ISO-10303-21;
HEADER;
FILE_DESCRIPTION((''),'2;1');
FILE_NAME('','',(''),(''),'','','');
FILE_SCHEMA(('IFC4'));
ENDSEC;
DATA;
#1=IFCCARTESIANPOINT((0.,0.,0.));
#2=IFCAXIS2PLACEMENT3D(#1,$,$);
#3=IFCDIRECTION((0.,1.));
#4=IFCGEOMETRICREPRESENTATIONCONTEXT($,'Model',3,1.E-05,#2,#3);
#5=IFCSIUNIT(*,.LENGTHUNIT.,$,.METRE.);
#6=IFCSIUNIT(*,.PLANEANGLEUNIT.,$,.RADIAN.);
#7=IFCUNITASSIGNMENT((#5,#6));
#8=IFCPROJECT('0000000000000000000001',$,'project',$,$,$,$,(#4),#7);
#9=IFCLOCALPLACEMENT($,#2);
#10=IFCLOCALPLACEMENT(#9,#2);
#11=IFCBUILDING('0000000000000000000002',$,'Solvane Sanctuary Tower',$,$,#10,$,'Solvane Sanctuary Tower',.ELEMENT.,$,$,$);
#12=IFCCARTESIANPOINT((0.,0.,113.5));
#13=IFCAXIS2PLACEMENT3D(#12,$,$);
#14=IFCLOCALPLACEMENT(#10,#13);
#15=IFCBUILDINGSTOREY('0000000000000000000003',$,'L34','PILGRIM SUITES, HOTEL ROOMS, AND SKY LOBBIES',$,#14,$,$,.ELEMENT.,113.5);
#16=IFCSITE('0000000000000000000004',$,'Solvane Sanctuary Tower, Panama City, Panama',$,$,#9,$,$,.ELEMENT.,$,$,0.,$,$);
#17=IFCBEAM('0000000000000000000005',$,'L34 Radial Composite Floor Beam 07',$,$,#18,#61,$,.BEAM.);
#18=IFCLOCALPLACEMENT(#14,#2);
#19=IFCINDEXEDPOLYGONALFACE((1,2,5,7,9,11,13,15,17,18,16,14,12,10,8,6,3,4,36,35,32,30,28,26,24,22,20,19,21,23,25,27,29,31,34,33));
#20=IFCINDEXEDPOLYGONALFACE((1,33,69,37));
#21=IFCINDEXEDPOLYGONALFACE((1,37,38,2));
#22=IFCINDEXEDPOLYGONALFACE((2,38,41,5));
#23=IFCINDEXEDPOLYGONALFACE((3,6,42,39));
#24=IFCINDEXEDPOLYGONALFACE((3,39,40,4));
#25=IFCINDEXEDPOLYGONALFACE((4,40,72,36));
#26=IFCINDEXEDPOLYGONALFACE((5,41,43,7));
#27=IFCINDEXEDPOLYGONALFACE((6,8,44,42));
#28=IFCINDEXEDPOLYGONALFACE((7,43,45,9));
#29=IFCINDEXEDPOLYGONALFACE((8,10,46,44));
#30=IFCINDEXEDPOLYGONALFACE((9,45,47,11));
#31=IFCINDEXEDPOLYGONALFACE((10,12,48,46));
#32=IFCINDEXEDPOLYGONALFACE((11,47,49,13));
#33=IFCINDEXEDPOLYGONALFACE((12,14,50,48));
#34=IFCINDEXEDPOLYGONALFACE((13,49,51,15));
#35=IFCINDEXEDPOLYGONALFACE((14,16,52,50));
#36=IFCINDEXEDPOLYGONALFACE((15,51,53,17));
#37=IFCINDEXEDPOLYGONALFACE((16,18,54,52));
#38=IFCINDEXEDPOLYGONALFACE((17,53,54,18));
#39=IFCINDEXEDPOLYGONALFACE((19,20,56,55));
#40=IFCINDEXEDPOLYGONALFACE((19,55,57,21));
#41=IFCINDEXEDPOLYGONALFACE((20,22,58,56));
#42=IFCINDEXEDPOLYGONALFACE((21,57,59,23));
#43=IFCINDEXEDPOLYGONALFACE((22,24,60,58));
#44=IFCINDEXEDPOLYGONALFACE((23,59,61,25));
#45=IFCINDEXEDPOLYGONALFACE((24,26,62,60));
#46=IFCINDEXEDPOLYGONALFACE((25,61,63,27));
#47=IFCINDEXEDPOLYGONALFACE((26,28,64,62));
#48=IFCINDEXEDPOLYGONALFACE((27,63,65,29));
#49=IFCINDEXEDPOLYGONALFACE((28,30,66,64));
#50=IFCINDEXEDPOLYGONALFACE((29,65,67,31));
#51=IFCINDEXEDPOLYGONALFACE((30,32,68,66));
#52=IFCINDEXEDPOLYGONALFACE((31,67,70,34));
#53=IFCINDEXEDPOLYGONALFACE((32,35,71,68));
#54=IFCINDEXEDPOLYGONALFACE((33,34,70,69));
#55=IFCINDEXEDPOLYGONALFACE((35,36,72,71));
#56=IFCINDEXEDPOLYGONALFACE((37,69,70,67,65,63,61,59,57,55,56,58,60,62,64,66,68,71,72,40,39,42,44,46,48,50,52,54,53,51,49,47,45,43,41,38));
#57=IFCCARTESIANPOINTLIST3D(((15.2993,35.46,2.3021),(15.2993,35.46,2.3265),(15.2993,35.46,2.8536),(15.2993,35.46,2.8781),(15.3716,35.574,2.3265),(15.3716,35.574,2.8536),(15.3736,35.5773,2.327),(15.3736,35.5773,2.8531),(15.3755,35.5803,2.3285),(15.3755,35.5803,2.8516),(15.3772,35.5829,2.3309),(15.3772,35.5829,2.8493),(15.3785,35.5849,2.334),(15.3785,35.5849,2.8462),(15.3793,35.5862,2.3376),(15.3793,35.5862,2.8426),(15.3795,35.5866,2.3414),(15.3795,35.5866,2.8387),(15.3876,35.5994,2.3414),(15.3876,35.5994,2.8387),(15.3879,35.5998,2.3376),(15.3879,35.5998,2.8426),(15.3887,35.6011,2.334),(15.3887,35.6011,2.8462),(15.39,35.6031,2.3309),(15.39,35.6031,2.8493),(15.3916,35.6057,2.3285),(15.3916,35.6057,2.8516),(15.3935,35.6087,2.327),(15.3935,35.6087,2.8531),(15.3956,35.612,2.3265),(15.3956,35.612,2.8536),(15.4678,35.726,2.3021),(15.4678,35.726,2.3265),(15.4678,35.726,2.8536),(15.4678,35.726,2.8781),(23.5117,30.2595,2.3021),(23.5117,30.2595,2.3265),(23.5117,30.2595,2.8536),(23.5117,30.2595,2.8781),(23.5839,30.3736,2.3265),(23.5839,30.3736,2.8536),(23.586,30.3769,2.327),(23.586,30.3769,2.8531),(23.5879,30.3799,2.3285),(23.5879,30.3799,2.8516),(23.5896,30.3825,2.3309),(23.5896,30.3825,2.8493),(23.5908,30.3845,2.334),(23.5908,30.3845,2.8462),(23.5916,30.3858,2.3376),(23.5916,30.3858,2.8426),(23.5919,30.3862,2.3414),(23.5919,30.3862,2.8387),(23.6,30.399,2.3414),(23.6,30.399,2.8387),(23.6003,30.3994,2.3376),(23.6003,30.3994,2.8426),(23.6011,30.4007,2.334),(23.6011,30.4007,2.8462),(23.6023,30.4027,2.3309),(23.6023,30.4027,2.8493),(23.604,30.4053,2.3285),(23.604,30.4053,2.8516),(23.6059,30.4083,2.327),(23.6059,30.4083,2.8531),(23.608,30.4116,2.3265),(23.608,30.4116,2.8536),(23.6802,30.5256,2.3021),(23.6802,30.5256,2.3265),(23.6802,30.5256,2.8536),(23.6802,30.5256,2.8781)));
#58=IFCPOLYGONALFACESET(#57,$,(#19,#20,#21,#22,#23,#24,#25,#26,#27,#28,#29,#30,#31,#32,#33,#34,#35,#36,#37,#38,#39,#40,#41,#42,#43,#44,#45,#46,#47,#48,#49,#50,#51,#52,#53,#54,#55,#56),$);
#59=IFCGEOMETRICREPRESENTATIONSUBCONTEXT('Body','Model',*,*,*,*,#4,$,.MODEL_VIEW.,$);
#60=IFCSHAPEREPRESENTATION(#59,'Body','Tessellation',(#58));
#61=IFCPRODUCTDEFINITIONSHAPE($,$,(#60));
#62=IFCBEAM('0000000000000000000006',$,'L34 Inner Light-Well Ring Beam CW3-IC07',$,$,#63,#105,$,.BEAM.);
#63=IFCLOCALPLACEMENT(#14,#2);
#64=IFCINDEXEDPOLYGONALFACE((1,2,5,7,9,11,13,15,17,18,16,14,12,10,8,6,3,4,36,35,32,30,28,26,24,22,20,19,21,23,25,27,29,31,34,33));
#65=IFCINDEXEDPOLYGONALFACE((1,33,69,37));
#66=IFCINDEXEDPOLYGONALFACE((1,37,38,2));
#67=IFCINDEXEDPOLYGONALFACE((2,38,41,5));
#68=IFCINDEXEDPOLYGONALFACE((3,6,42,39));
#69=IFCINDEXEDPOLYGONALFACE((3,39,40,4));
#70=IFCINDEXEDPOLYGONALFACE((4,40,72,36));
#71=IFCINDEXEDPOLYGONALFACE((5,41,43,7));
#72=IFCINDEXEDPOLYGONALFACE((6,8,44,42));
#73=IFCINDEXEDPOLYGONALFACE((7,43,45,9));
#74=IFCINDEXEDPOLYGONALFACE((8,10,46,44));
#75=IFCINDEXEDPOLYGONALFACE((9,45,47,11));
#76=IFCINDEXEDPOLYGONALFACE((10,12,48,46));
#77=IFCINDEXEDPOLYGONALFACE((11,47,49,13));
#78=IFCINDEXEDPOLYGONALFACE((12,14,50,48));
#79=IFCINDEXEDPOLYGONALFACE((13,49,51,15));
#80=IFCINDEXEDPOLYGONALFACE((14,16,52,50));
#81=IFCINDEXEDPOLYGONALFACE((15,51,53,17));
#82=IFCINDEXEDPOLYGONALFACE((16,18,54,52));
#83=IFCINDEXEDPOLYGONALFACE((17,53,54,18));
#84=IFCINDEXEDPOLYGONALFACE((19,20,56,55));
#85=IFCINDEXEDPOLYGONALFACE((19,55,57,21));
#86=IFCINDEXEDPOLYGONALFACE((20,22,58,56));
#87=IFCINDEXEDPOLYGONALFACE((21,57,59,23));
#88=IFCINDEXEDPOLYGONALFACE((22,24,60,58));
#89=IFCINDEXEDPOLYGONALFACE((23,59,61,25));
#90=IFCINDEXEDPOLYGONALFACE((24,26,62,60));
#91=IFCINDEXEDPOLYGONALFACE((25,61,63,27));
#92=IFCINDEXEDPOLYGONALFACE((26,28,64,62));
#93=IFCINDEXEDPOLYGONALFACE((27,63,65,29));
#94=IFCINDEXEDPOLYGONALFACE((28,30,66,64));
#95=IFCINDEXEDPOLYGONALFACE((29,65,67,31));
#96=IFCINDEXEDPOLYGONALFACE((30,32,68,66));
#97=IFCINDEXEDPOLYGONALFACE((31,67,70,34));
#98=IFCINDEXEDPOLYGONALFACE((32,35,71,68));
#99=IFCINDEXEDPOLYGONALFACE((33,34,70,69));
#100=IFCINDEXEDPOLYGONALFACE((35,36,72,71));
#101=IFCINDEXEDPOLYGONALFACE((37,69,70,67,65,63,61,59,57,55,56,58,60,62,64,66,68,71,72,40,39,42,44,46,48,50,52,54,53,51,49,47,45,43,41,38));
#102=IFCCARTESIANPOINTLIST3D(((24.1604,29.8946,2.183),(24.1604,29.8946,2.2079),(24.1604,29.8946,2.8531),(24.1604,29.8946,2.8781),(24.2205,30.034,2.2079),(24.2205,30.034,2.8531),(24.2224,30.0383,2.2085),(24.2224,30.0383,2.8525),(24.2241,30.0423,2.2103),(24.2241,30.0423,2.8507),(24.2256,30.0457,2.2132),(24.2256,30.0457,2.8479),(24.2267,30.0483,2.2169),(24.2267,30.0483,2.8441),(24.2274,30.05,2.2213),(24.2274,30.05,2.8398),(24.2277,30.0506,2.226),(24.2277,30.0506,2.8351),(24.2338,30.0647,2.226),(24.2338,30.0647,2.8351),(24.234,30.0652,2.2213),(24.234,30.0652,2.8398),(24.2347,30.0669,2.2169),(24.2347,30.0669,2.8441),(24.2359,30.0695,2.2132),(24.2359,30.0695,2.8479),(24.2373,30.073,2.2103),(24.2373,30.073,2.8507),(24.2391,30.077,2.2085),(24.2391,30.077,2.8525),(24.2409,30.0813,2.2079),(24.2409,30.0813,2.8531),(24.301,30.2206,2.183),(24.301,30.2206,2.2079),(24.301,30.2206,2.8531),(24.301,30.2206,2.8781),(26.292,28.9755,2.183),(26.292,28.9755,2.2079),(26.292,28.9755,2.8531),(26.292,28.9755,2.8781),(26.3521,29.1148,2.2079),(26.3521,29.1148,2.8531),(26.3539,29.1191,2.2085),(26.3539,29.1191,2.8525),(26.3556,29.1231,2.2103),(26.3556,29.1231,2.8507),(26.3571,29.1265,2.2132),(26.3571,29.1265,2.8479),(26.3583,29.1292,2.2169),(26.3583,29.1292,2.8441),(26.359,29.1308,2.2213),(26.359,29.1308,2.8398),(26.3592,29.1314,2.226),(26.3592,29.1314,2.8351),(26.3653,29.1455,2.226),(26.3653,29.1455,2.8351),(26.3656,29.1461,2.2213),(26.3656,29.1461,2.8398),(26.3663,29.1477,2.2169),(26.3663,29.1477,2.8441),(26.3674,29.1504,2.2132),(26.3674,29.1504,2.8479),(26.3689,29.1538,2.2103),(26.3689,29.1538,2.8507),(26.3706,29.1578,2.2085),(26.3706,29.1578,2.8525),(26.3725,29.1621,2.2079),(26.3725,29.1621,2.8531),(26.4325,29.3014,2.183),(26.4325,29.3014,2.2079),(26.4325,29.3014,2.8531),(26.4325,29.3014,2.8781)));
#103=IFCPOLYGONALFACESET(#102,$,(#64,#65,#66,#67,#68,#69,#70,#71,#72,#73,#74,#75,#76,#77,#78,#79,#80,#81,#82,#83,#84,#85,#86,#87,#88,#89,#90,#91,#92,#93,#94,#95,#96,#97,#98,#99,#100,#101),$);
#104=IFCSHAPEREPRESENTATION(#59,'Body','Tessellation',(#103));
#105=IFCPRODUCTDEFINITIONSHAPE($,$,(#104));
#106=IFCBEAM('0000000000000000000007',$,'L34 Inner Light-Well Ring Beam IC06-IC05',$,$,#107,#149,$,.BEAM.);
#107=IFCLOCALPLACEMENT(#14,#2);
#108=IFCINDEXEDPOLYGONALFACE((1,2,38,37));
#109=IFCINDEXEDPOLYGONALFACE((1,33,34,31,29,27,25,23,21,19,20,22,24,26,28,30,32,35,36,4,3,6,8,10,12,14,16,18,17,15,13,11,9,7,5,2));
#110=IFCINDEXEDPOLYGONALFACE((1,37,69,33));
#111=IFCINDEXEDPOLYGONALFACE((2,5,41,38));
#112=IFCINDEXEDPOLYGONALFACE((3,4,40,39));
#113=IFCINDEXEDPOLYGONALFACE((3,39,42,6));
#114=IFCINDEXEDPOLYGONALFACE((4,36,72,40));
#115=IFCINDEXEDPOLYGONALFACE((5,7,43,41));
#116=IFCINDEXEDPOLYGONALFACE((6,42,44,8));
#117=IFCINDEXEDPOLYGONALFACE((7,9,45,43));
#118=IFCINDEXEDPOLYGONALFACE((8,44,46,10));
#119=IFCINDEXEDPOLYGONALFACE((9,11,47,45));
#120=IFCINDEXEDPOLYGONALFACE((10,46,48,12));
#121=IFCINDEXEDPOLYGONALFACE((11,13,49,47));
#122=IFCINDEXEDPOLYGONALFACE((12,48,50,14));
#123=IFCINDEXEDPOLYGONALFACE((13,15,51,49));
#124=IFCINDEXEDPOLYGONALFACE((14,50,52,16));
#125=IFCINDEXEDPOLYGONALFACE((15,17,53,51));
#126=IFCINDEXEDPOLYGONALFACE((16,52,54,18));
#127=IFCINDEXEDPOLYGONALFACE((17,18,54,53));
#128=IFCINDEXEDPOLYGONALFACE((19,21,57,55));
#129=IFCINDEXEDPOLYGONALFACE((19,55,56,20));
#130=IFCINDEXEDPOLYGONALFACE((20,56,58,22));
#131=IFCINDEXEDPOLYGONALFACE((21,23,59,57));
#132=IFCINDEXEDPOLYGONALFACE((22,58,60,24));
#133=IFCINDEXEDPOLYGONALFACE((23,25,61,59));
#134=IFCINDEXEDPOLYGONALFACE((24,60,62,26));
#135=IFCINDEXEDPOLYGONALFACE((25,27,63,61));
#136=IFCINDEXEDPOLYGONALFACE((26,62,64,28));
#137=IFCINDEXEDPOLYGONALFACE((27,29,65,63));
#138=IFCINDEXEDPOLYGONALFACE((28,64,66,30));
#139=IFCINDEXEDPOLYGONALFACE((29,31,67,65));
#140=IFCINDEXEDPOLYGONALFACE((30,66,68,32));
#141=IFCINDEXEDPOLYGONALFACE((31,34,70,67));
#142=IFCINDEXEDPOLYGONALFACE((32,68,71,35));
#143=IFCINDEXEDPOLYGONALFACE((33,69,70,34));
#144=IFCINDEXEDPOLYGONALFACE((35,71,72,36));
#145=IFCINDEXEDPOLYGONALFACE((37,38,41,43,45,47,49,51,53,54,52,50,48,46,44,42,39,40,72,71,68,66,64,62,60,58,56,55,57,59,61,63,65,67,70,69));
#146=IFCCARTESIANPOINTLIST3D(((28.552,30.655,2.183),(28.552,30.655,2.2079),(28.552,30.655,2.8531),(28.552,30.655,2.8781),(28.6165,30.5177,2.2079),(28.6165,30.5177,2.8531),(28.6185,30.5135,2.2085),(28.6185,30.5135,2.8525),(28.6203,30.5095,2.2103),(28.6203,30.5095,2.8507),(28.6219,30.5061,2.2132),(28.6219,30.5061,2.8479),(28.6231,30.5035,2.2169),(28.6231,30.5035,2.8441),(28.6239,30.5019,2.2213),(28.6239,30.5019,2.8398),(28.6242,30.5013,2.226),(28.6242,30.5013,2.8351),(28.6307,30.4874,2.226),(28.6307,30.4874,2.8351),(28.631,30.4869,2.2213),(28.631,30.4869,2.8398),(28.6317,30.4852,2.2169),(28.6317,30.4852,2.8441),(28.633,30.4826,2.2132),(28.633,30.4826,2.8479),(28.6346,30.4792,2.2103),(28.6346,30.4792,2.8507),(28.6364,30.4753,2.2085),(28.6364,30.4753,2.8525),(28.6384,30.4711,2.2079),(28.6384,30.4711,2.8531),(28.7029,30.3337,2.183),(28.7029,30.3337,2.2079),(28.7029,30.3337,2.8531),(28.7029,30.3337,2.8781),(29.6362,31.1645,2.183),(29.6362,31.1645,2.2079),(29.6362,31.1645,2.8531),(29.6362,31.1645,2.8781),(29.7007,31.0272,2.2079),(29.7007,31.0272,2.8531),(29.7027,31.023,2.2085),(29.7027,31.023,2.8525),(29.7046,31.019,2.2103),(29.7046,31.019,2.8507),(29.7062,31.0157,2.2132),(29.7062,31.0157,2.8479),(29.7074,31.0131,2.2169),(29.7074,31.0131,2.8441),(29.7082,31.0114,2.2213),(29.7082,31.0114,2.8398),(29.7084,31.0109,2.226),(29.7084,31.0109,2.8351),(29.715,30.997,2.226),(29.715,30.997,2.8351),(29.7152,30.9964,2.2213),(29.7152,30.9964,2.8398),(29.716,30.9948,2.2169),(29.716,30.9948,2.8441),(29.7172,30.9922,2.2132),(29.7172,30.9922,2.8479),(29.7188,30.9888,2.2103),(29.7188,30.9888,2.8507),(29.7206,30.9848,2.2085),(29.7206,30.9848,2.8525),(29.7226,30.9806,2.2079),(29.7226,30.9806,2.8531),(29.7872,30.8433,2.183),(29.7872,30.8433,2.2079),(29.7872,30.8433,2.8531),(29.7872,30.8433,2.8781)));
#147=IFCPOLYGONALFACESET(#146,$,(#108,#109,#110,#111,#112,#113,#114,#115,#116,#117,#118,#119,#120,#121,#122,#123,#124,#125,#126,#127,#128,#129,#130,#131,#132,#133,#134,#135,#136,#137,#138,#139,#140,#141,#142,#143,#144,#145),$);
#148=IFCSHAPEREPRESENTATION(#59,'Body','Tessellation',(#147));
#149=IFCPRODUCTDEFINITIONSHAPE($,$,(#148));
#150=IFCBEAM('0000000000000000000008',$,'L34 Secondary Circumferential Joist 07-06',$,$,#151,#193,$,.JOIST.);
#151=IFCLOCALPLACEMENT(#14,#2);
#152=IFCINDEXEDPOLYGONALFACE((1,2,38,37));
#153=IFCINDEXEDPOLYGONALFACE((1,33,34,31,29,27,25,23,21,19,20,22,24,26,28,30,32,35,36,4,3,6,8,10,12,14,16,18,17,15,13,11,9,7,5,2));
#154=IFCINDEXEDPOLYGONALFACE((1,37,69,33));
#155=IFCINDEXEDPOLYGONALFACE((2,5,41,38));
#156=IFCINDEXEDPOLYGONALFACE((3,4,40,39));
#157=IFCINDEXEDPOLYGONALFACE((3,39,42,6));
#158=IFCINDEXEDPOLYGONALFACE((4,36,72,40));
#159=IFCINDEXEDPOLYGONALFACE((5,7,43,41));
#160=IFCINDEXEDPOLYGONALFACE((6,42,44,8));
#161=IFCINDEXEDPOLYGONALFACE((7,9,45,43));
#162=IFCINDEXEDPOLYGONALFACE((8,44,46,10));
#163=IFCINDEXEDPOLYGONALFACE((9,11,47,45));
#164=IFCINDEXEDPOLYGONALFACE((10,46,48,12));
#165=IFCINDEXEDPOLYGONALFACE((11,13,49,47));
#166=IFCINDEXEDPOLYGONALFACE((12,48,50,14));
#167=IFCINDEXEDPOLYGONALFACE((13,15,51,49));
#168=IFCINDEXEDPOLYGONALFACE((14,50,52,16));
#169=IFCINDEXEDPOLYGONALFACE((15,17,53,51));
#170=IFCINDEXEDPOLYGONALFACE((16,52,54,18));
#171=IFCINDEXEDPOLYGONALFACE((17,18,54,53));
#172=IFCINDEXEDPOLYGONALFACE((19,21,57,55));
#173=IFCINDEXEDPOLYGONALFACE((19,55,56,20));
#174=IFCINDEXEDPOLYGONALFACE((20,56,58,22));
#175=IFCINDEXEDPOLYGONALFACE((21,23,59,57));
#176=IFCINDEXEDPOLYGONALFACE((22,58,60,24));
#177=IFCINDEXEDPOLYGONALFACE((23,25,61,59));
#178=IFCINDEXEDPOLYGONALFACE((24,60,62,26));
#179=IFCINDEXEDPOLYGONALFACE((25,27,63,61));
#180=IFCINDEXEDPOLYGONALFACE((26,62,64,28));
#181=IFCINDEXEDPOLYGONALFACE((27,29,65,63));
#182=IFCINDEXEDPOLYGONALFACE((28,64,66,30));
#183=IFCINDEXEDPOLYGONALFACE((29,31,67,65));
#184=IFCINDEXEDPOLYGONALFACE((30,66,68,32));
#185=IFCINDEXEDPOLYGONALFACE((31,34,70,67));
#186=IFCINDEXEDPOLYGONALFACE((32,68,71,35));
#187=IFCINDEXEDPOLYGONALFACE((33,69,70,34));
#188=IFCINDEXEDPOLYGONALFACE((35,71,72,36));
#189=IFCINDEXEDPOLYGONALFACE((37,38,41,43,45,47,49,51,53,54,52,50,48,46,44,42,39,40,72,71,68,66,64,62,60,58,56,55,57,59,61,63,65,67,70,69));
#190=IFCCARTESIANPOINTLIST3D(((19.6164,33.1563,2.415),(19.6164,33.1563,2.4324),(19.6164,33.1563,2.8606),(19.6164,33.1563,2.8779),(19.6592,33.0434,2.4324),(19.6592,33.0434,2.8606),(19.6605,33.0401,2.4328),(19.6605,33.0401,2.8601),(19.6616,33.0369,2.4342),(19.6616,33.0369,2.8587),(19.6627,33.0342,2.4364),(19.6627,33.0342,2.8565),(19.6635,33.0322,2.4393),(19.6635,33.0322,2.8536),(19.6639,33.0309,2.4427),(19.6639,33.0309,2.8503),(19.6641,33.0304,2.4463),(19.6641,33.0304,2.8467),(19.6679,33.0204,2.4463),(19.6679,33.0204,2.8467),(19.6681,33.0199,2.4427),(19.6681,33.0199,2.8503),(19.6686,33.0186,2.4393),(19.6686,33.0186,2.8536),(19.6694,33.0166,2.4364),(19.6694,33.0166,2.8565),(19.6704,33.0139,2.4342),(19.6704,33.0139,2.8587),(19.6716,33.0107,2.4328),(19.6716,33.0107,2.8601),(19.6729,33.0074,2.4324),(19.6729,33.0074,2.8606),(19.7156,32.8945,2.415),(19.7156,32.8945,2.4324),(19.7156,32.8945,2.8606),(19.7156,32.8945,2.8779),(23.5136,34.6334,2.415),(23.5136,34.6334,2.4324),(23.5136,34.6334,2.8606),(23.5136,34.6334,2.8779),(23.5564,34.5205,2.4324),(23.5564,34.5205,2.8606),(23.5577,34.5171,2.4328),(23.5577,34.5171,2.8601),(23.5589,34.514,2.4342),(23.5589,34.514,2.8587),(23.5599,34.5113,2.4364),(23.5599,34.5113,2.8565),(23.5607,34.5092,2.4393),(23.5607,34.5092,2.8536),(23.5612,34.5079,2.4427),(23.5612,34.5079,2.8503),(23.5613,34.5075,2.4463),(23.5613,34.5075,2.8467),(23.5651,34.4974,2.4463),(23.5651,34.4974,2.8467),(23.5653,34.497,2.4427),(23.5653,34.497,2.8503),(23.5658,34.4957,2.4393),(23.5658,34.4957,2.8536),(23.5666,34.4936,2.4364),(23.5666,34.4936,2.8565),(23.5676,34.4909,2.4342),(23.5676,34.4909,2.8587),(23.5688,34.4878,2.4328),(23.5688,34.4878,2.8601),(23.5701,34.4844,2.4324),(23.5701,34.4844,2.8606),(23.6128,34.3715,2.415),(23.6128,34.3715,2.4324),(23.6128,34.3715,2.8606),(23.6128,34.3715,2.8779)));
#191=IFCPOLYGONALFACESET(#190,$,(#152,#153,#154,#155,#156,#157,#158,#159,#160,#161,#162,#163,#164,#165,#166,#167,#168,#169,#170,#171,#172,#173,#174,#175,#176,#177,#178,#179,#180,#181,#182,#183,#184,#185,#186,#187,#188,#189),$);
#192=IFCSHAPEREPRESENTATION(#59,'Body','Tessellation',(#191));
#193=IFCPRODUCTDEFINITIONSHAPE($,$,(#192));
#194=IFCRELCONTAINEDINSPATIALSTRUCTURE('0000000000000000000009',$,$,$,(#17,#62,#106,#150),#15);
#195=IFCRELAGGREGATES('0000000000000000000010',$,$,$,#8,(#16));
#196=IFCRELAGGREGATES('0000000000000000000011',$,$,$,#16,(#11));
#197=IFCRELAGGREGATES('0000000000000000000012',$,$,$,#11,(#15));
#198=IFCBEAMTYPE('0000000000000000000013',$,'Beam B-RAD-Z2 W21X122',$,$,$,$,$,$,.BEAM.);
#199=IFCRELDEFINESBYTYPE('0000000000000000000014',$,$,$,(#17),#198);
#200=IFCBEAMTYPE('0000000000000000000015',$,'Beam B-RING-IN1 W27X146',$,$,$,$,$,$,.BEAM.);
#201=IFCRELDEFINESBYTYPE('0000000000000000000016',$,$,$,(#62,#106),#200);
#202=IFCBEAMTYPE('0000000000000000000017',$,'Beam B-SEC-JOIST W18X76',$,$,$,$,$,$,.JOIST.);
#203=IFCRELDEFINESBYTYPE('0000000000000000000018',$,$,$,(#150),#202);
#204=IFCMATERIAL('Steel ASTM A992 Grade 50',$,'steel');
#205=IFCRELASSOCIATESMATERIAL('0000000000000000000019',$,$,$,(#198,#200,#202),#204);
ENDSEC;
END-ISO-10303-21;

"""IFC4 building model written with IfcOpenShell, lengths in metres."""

from ifc_helpers import new_model, si_unit, direction, frame, origin, origin_2d, place, context, subcontext, project, spatial, i_section, extrude, material, material_profile, profile_set, type_object, element, save


model = new_model("IFC4")

# Units and contexts
model_context = context("Model", 3, precision=1e-05, world=origin(), true_north=direction((0.0, 1.0)))
body_context = subcontext(model_context, "Body", "Model", "MODEL_VIEW")
ifc_project = project(units=[si_unit("LENGTHUNIT", "METRE"), si_unit("PLANEANGLEUNIT", "RADIAN")], contexts=[model_context])

# Site, building, storey
site_placement = place(None, origin())
site = spatial("IfcSite", under=ifc_project, at=site_placement, Name="Solvane Sanctuary Tower, Panama City, Panama", CompositionType="ELEMENT", RefElevation=0.0)
building_placement = place(site_placement, origin())
building = spatial("IfcBuilding", under=site, at=building_placement, Name="Solvane Sanctuary Tower", LongName="Solvane Sanctuary Tower", CompositionType="ELEMENT")
storey_placement = place(building_placement, frame((0.0, 0.0, 113.5)))
storey = spatial("IfcBuildingStorey", under=building, at=storey_placement, Name="L34", Description="PILGRIM SUITES, HOTEL ROOMS, AND SKY LOBBIES", CompositionType="ELEMENT", Elevation=113.5)

# Beams
ifc_material_1 = material(Name="Steel ASTM A992 Grade 50", Category="steel")
ifc_material_profile_1 = material_profile(ifc_material_1, i_section(OverallWidth=0.3149, OverallDepth=0.5759, WebThickness=0.0151, FlangeThickness=0.0244, FilletRadius=0.0149, at=origin_2d()), Name="W21X122")
ifc_profile_set_1 = profile_set([ifc_material_profile_1], Name="Steel ASTM A992 Grade 50")
beam_type_1 = type_object("IfcBeamType", Name="Beam B-RAD-Z2 W21X122", PredefinedType="BEAM", material=ifc_profile_set_1)
beam_1_placement = place(storey_placement, frame((23.5959, 30.3926, 2.5901), z_axis=(-0.844854, 0.534997, 0.0), x_axis=(-0.534997, -0.844854, 0.0)))
element("IfcBeam", 1, at=beam_1_placement, inside=storey, type_object=beam_type_1, Name="L34 Radial Composite Floor Beam 07", PredefinedType="BEAM", context=body_context, shape_type="SweptSolid", body=[
    extrude(i_section(OverallWidth=0.3149, OverallDepth=0.5759, WebThickness=0.0151, FlangeThickness=0.0244, FilletRadius=0.0149, at=origin_2d()), origin(), (0.0, 0.0, 1.0), 9.7205),
])
ifc_material_profile_2 = material_profile(ifc_material_1, i_section(OverallWidth=0.355, OverallDepth=0.6951, WebThickness=0.0154, FlangeThickness=0.0249, FilletRadius=0.0181, at=origin_2d()), Name="W27X146")
ifc_profile_set_2 = profile_set([ifc_material_profile_2], Name="Steel ASTM A992 Grade 50")
beam_type_2 = type_object("IfcBeamType", Name="Beam B-RING-IN1 W27X146", PredefinedType="BEAM", material=ifc_profile_set_2)
beam_2_placement = place(storey_placement, frame((24.2307, 30.0576, 2.5305), z_axis=(0.918261, -0.395975, 0.0), x_axis=(0.395975, 0.918261, 0.0)))
element("IfcBeam", 2, at=beam_2_placement, inside=storey, type_object=beam_type_2, Name="L34 Inner Light-Well Ring Beam CW3-IC07", PredefinedType="BEAM", context=body_context, shape_type="SweptSolid", body=[
    extrude(i_section(OverallWidth=0.355, OverallDepth=0.6951, WebThickness=0.0154, FlangeThickness=0.0249, FilletRadius=0.0181, at=origin_2d()), origin(), (0.0, 0.0, 1.0), 2.3213),
])
beam_3_placement = place(storey_placement, frame((28.6274, 30.4944, 2.5305), z_axis=(0.905045, 0.425316, 0.0), x_axis=(-0.425316, 0.905045, 0.0)))
element("IfcBeam", 3, at=beam_3_placement, inside=storey, type_object=beam_type_2, Name="L34 Inner Light-Well Ring Beam IC06-IC05", PredefinedType="BEAM", context=body_context, shape_type="SweptSolid", body=[
    extrude(i_section(OverallWidth=0.355, OverallDepth=0.6951, WebThickness=0.0154, FlangeThickness=0.0249, FilletRadius=0.0181, at=origin_2d()), origin(), (0.0, 0.0, 1.0), 1.198),
])
ifc_material_profile_3 = material_profile(ifc_material_1, i_section(OverallWidth=0.28, OverallDepth=0.4629, WebThickness=0.0107, FlangeThickness=0.0173, FilletRadius=0.0139, at=origin_2d()), Name="W18X76")
ifc_profile_set_3 = profile_set([ifc_material_profile_3], Name="Steel ASTM A992 Grade 50")
beam_type_3 = type_object("IfcBeamType", Name="Beam B-SEC-JOIST W18X76", PredefinedType="JOIST", material=ifc_profile_set_3)
beam_4_placement = place(storey_placement, frame((19.666, 33.0254, 2.6465), z_axis=(0.935093, 0.354402, 0.0), x_axis=(-0.354402, 0.935093, 0.0)))
element("IfcBeam", 4, at=beam_4_placement, inside=storey, type_object=beam_type_3, Name="L34 Secondary Circumferential Joist 07-06", PredefinedType="JOIST", context=body_context, shape_type="SweptSolid", body=[
    extrude(i_section(OverallWidth=0.28, OverallDepth=0.4629, WebThickness=0.0107, FlangeThickness=0.0173, FilletRadius=0.0139, at=origin_2d()), origin(), (0.0, 0.0, 1.0), 4.1677),
])

save(model, "model.ifc")
